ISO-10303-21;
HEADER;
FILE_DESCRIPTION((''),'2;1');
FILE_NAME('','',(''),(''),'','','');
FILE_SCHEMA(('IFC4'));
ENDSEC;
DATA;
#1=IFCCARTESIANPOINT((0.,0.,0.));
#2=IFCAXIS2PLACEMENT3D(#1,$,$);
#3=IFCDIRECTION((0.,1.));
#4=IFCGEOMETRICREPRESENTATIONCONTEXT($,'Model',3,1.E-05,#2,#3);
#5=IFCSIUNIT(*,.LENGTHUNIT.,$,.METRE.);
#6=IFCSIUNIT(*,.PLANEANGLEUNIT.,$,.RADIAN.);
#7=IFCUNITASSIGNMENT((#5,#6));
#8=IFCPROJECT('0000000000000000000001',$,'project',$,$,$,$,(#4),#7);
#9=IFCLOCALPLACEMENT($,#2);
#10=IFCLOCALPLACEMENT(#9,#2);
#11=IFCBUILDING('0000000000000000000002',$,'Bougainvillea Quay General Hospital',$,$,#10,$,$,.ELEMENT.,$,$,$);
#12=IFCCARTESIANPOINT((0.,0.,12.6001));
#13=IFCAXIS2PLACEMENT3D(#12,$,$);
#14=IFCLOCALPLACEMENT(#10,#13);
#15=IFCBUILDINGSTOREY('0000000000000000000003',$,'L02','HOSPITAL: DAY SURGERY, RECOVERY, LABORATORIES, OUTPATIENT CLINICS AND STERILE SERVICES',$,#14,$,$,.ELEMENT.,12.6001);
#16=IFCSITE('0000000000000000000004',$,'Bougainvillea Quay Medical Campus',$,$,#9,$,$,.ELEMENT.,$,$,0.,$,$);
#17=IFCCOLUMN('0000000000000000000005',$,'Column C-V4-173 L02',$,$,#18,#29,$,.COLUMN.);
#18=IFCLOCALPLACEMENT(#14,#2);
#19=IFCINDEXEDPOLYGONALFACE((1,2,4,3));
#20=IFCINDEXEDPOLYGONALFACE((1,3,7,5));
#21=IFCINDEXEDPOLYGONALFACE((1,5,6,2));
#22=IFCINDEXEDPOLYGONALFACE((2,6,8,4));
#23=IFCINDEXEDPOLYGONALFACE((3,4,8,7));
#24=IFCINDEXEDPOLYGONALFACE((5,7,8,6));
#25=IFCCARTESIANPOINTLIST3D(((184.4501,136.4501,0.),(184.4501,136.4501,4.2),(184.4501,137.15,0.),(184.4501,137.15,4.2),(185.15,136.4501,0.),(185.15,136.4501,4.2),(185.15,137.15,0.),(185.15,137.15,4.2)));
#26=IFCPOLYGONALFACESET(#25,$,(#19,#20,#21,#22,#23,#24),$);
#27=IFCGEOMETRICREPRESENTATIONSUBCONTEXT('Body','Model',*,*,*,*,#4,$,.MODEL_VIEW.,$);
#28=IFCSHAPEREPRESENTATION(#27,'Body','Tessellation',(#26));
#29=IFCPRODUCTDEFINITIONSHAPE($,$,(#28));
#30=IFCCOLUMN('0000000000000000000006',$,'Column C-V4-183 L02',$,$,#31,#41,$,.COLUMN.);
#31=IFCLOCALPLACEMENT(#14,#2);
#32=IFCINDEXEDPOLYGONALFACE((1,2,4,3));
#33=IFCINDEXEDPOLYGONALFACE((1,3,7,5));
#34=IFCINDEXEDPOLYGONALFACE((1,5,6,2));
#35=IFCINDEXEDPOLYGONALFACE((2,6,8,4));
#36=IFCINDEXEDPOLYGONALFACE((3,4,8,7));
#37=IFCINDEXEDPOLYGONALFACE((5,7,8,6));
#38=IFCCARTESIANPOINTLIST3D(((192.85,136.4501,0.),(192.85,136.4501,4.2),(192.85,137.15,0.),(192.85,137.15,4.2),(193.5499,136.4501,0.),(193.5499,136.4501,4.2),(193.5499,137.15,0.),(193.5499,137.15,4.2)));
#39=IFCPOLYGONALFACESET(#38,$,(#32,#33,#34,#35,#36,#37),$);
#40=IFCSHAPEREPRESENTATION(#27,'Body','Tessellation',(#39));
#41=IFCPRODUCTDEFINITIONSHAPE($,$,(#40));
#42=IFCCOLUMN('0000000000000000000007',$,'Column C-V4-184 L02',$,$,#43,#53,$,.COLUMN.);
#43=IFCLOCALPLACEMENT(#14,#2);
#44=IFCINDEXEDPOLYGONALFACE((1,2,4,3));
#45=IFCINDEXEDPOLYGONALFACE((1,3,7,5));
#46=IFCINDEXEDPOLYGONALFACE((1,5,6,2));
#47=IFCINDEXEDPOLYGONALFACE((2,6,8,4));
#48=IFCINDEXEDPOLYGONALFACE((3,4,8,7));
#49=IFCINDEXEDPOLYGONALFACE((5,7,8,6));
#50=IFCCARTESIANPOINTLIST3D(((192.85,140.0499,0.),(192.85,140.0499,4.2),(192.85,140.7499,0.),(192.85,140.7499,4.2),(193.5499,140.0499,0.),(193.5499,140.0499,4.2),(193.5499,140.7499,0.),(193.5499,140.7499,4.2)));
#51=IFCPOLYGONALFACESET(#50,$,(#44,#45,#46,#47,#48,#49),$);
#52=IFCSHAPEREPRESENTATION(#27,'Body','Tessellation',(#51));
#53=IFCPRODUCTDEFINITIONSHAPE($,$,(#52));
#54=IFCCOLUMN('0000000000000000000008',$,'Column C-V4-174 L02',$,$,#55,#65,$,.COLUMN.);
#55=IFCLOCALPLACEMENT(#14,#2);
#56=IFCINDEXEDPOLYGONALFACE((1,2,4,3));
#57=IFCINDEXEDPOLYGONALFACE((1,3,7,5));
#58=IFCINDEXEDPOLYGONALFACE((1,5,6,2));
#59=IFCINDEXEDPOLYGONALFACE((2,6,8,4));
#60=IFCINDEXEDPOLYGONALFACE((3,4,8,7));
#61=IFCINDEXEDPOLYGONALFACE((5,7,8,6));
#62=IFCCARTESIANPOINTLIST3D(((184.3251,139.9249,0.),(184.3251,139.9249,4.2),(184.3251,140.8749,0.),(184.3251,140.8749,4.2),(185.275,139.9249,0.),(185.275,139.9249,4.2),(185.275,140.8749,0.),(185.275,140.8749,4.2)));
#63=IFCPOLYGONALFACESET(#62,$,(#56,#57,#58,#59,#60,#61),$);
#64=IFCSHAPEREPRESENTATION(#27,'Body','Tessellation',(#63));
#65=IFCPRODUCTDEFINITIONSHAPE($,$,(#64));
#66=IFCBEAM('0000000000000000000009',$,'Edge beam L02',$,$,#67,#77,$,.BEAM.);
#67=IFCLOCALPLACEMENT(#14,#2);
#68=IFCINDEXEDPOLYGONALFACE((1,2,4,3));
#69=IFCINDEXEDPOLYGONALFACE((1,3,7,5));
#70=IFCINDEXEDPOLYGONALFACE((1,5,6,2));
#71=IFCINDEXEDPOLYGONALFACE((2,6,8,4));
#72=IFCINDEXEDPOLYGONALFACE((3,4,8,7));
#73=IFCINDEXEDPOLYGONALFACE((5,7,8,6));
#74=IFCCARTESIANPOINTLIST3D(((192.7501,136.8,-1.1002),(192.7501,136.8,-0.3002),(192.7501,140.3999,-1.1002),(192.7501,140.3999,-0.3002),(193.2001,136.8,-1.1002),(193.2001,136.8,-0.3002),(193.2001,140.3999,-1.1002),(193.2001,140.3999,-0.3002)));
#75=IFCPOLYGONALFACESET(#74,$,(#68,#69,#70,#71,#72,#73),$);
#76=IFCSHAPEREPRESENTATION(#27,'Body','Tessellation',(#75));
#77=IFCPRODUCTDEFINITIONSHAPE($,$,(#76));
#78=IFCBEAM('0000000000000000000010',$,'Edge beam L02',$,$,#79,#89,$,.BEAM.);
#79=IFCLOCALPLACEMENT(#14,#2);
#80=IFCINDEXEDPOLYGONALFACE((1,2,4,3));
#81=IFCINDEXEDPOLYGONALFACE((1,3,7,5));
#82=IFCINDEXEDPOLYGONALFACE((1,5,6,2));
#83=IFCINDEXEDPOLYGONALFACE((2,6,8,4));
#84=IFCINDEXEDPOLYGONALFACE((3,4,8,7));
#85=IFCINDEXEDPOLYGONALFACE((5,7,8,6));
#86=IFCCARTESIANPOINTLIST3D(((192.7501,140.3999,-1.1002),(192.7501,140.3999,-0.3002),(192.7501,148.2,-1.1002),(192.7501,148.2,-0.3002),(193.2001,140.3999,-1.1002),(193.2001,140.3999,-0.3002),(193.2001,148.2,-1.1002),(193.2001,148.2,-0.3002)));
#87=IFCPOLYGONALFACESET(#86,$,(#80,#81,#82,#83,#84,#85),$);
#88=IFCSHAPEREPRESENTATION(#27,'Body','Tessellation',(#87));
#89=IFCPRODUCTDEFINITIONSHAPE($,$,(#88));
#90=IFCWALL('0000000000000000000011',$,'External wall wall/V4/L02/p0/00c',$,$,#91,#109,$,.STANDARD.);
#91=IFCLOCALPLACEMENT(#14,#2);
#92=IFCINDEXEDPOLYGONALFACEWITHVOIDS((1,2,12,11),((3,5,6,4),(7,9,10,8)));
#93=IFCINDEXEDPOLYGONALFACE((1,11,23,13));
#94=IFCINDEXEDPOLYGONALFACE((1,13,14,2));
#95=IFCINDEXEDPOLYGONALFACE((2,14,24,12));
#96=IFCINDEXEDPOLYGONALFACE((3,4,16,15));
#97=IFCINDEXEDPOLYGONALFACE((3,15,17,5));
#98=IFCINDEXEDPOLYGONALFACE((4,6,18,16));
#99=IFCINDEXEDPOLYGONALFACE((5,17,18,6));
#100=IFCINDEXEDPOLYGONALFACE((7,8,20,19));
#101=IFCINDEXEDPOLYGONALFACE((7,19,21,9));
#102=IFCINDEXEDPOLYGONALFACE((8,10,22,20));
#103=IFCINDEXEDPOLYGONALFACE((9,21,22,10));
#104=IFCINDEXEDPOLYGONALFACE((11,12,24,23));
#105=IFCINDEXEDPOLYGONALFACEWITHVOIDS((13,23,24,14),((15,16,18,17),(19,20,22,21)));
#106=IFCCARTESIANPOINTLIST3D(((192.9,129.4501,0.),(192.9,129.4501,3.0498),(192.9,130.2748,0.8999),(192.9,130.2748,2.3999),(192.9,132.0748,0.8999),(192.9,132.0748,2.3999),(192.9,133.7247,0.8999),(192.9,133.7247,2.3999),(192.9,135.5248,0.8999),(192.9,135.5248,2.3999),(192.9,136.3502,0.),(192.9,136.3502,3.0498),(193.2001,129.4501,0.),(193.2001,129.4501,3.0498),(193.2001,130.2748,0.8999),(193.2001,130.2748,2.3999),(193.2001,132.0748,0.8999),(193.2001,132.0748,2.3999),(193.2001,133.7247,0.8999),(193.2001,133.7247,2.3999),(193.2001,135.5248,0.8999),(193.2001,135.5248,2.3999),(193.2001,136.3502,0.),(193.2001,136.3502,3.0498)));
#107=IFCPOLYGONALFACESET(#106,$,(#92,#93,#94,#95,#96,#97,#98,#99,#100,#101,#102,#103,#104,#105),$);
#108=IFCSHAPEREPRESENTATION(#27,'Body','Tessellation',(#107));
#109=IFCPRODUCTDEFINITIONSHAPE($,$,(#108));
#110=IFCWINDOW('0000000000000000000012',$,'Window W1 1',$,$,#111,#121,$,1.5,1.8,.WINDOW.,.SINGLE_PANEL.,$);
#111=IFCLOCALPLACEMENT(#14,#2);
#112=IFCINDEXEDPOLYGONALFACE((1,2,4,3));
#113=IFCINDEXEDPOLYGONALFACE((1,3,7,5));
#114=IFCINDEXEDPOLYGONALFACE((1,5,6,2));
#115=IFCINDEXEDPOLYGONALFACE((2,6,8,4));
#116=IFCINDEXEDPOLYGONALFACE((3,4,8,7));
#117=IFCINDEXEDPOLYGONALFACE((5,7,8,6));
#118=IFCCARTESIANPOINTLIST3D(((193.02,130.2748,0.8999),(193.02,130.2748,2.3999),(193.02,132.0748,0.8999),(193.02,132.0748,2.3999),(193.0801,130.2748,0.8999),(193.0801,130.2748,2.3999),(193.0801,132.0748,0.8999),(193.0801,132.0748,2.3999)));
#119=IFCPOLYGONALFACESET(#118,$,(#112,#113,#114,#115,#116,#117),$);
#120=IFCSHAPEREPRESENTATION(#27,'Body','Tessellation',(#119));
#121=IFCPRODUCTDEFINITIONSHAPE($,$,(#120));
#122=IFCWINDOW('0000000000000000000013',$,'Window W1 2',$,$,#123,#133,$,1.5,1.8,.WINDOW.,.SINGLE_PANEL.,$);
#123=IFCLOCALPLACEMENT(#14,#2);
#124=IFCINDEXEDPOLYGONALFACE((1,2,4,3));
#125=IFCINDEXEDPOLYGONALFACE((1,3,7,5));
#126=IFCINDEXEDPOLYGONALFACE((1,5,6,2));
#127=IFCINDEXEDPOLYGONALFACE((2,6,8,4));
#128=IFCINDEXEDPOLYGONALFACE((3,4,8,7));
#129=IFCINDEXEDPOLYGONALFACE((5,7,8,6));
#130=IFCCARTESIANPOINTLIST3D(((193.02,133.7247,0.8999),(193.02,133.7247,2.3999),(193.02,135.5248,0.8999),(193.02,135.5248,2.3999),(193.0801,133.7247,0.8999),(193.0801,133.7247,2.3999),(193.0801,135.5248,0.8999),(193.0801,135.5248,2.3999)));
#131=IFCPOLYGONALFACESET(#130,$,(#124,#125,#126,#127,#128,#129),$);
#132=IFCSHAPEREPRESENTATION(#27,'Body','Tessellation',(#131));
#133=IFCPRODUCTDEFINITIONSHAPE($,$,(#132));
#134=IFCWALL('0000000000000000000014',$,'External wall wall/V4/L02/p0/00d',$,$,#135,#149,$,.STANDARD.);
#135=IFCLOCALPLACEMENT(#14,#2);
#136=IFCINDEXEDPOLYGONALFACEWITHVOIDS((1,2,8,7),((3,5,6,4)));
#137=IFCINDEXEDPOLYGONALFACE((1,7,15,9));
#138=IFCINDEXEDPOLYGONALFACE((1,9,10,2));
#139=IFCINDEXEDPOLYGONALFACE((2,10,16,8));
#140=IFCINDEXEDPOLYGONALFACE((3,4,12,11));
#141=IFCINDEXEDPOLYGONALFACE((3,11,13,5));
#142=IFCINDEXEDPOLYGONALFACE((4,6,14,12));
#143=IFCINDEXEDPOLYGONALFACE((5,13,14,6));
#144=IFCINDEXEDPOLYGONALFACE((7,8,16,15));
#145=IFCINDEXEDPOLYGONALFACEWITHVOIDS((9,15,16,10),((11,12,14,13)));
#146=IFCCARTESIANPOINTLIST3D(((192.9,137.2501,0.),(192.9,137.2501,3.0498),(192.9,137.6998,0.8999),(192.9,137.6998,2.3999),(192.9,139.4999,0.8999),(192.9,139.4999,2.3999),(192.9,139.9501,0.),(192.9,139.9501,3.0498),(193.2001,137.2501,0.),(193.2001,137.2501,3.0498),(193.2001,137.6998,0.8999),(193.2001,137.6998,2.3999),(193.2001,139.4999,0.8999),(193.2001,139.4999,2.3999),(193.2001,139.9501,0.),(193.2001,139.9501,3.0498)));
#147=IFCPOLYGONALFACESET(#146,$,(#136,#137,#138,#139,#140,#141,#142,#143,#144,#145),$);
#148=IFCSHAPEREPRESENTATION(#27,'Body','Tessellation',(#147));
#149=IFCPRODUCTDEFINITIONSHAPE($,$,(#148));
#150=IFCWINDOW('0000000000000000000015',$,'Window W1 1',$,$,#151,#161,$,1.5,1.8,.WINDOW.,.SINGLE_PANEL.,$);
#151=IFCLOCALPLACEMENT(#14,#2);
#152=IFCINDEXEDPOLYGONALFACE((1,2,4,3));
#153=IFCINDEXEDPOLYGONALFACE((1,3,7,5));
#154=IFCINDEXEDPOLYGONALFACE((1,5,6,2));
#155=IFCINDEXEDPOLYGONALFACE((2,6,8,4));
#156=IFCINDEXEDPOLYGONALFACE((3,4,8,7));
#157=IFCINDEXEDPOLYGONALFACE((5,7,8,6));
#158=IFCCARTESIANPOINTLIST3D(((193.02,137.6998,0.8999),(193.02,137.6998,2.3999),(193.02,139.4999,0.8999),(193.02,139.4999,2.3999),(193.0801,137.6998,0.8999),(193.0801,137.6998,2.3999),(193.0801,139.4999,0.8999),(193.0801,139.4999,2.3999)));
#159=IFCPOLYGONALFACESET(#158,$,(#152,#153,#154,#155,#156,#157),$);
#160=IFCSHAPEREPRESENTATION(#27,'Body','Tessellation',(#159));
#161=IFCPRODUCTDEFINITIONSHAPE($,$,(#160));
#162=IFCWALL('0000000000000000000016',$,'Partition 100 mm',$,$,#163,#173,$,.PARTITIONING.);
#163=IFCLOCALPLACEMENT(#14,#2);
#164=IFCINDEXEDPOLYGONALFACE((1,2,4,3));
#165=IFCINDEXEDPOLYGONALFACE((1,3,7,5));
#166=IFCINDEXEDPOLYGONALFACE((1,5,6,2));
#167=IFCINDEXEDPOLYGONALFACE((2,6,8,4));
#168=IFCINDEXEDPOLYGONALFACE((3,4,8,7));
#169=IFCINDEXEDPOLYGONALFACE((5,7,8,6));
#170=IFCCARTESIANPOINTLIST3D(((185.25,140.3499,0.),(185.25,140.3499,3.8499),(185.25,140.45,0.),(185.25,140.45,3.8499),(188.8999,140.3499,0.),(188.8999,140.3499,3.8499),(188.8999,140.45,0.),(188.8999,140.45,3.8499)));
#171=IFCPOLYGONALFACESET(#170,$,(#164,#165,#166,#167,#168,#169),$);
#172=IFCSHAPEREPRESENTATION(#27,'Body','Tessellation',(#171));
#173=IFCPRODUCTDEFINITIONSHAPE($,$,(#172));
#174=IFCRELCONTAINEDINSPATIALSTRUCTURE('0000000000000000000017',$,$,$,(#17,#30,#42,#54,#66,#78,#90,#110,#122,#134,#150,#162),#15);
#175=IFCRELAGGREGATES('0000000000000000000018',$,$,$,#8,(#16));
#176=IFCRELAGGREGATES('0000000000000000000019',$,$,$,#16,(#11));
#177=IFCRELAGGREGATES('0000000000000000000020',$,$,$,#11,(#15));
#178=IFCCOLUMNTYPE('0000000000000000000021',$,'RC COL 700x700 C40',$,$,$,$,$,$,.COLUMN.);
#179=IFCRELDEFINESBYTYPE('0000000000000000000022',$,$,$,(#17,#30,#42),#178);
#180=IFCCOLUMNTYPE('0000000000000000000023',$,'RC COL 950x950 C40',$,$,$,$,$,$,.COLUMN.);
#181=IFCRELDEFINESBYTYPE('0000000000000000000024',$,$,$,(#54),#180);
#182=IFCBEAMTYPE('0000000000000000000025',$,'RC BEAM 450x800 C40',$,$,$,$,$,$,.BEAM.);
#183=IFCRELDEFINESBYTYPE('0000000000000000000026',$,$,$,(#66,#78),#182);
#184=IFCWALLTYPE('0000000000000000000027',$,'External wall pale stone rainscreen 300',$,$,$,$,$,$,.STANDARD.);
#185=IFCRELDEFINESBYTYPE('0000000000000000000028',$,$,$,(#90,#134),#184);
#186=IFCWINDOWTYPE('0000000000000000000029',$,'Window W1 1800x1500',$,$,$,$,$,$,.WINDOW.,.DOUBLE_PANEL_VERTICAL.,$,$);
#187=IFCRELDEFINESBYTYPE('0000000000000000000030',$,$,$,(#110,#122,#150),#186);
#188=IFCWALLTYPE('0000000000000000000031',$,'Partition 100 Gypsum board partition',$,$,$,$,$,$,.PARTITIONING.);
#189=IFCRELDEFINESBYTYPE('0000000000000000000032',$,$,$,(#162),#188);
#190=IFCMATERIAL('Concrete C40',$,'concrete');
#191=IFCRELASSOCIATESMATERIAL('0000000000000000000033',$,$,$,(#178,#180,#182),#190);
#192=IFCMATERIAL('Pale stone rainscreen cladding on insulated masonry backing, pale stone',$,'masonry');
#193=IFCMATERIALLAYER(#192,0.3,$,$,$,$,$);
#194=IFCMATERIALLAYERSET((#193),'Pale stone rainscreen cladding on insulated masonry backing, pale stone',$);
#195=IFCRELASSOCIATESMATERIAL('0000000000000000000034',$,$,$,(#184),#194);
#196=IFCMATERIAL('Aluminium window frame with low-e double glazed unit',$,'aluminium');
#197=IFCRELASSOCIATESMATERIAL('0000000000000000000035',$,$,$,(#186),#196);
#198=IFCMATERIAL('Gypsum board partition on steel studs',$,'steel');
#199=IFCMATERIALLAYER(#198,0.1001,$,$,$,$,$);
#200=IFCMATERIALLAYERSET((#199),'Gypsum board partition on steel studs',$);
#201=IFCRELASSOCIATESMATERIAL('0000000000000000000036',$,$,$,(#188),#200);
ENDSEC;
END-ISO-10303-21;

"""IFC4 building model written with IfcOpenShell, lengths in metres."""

from ifc_helpers import new_model, si_unit, direction, frame, frame_2d, origin, origin_2d, place, context, subcontext, project, spatial, rectangle, extrude, material, layer, layer_set, material_profile, profile_set, type_object, element, fill, save


model = new_model("IFC4")

# Units and contexts
model_context = context("Model", 3, precision=1e-05, world=origin(), true_north=direction((0.0, 1.0)))
body_context = subcontext(model_context, "Body", "Model", "MODEL_VIEW")
ifc_project = project(units=[si_unit("LENGTHUNIT", "METRE"), si_unit("PLANEANGLEUNIT", "RADIAN")], contexts=[model_context])

# Site, building, storey
site_placement = place(None, origin())
site = spatial("IfcSite", under=ifc_project, at=site_placement, Name="Bougainvillea Quay Medical Campus", CompositionType="ELEMENT", RefElevation=0.0)
building_placement = place(site_placement, origin())
building = spatial("IfcBuilding", under=site, at=building_placement, Name="Bougainvillea Quay General Hospital", CompositionType="ELEMENT")
storey_placement = place(building_placement, frame((0.0, 0.0, 12.6001)))
storey = spatial("IfcBuildingStorey", under=building, at=storey_placement, Name="L02", Description="HOSPITAL: DAY SURGERY, RECOVERY, LABORATORIES, OUTPATIENT CLINICS AND STERILE SERVICES", CompositionType="ELEMENT", Elevation=12.6001)

# Columns
ifc_material_1 = material(Name="Concrete C40", Category="concrete")
ifc_material_profile_1 = material_profile(ifc_material_1, rectangle(XDim=0.7, YDim=0.7, at=origin_2d()))
ifc_profile_set_1 = profile_set([ifc_material_profile_1], Name="Concrete C40")
column_type_1 = type_object("IfcColumnType", Name="RC COL 700x700 C40", PredefinedType="COLUMN", material=ifc_profile_set_1)
for number, where, z_axis, x_axis, name in (
    (1, (184.8, 136.8, 0.0), (0.0, 0.0, 1.0), (1.0, 0.0, 0.0), "Column C-V4-173 L02"),
    (2, (193.2, 136.8, 0.0), (0.0, 0.0, 1.0), (1.0, 0.0, 0.0), "Column C-V4-183 L02"),
    (3, (193.2, 140.3999, 0.0), (0.0, 0.0, 1.0), (1.0, 0.0, 0.0), "Column C-V4-184 L02"),
):
    element("IfcColumn", number, at=place(storey_placement, frame(where, z_axis=z_axis, x_axis=x_axis)), inside=storey, type_object=column_type_1, Name=name, PredefinedType="COLUMN", context=body_context, shape_type="SweptSolid", body=[
        extrude(rectangle(XDim=0.7, YDim=0.7, at=origin_2d()), origin(), (0.0, 0.0, 1.0), 4.2),
    ])
ifc_material_profile_2 = material_profile(ifc_material_1, rectangle(XDim=0.95, YDim=0.95, at=origin_2d()))
ifc_profile_set_2 = profile_set([ifc_material_profile_2], Name="Concrete C40")
column_type_2 = type_object("IfcColumnType", Name="RC COL 950x950 C40", PredefinedType="COLUMN", material=ifc_profile_set_2)
column_placement = place(storey_placement, frame((184.8, 140.3999, 0.0), z_axis=(0.0, 0.0, 1.0), x_axis=(1.0, 0.0, 0.0)))
element("IfcColumn", 4, at=column_placement, inside=storey, type_object=column_type_2, Name="Column C-V4-174 L02", PredefinedType="COLUMN", context=body_context, shape_type="SweptSolid", body=[
    extrude(rectangle(XDim=0.95, YDim=0.95, at=origin_2d()), origin(), (0.0, 0.0, 1.0), 4.2),
])

# Beams
ifc_material_profile_3 = material_profile(ifc_material_1, rectangle(XDim=0.45, YDim=0.8, at=origin_2d()))
ifc_profile_set_3 = profile_set([ifc_material_profile_3], Name="Concrete C40")
beam_type = type_object("IfcBeamType", Name="RC BEAM 450x800 C40", PredefinedType="BEAM", material=ifc_profile_set_3)
beam_1_placement = place(storey_placement, frame((192.9751, 136.8, -0.7002), z_axis=(0.0, 1.0, 0.0), x_axis=(-1.0, 0.0, 0.0)))
element("IfcBeam", 5, at=beam_1_placement, inside=storey, type_object=beam_type, Name="Edge beam L02", PredefinedType="BEAM", context=body_context, shape_type="SweptSolid", body=[
    extrude(rectangle(XDim=0.45, YDim=0.8, at=origin_2d()), origin(), (0.0, 0.0, 1.0), 3.5999),
])
beam_2_placement = place(storey_placement, frame((192.9751, 140.3999, -0.7002), z_axis=(0.0, 1.0, 0.0), x_axis=(-1.0, 0.0, 0.0)))
element("IfcBeam", 6, at=beam_2_placement, inside=storey, type_object=beam_type, Name="Edge beam L02", PredefinedType="BEAM", context=body_context, shape_type="SweptSolid", body=[
    extrude(rectangle(XDim=0.45, YDim=0.8, at=origin_2d()), origin(), (0.0, 0.0, 1.0), 7.8),
])

# Wall, openings, windows
ifc_material_2 = material(Name="Pale stone rainscreen cladding on insulated masonry backing, pale stone", Category="masonry")
ifc_layer_1 = layer(ifc_material_2, 0.3)
ifc_layer_set_1 = layer_set([ifc_layer_1], Name="Pale stone rainscreen cladding on insulated masonry backing, pale stone")
wall_type_1 = type_object("IfcWallType", Name="External wall pale stone rainscreen 300", PredefinedType="STANDARD", material=ifc_layer_set_1)
wall_1_placement = place(storey_placement, frame((193.05, 129.45, 0.0), z_axis=(0.0, 0.0, 1.0), x_axis=(0.0, 1.0, 0.0)))
wall_1 = element("IfcWall", 7, at=wall_1_placement, inside=storey, type_object=wall_type_1, Name="External wall wall/V4/L02/p0/00c", PredefinedType="STANDARD", context=body_context, shape_type="SweptSolid", body=[
    extrude(rectangle(XDim=6.9001, YDim=0.3, at=frame_2d((3.4502, 0.0))), origin(), (0.0, 0.0, 1.0), 3.0498),
])
opening_1_placement = place(wall_1_placement, frame((0.825, 0.0, 0.8999)))
opening_1 = element("IfcOpeningElement", 8, at=opening_1_placement, cuts=wall_1, PredefinedType="OPENING", context=body_context, shape_type="SweptSolid", body=[
    extrude(rectangle(XDim=1.8, YDim=1.5, at=frame_2d((0.8999, 0.75))), frame((0.0, 0.1599, 0.0), z_axis=(0.0, -1.0, 0.0), x_axis=(1.0, 0.0, 0.0)), (0.0, 0.0, 1.0), 0.3201),
])
opening_2_placement = place(wall_1_placement, frame((4.2749, 0.0, 0.8999)))
opening_2 = element("IfcOpeningElement", 9, at=opening_2_placement, cuts=wall_1, PredefinedType="OPENING", context=body_context, shape_type="SweptSolid", body=[
    extrude(rectangle(XDim=1.8, YDim=1.5, at=frame_2d((0.8999, 0.75))), frame((0.0, 0.1599, 0.0), z_axis=(0.0, -1.0, 0.0), x_axis=(1.0, 0.0, 0.0)), (0.0, 0.0, 1.0), 0.3201),
])
ifc_material_3 = material(Name="Aluminium window frame with low-e double glazed unit", Category="aluminium")
window_type = type_object("IfcWindowType", Name="Window W1 1800x1500", PartitioningType="DOUBLE_PANEL_VERTICAL", PredefinedType="WINDOW", material=ifc_material_3)
window_1_placement = place(opening_1_placement, origin())
window_1 = element("IfcWindow", 10, at=window_1_placement, inside=storey, type_object=window_type, Name="Window W1 1", OverallHeight=1.5, OverallWidth=1.8, PartitioningType="SINGLE_PANEL", PredefinedType="WINDOW", context=body_context, shape_type="SweptSolid", body=[
    extrude(rectangle(XDim=1.8, YDim=1.5, at=frame_2d((0.8999, 0.75))), frame((0.0, 0.03, 0.0), z_axis=(0.0, -1.0, 0.0), x_axis=(1.0, 0.0, 0.0)), (0.0, 0.0, 1.0), 0.0601),
])
fill(opening_1, window_1)
window_2_placement = place(opening_2_placement, origin())
window_2 = element("IfcWindow", 11, at=window_2_placement, inside=storey, type_object=window_type, Name="Window W1 2", OverallHeight=1.5, OverallWidth=1.8, PartitioningType="SINGLE_PANEL", PredefinedType="WINDOW", context=body_context, shape_type="SweptSolid", body=[
    extrude(rectangle(XDim=1.8, YDim=1.5, at=frame_2d((0.8999, 0.75))), frame((0.0, 0.03, 0.0), z_axis=(0.0, -1.0, 0.0), x_axis=(1.0, 0.0, 0.0)), (0.0, 0.0, 1.0), 0.0601),
])
fill(opening_2, window_2)

# Wall, opening, window
wall_2_placement = place(storey_placement, frame((193.05, 137.25, 0.0), z_axis=(0.0, 0.0, 1.0), x_axis=(0.0, 1.0, 0.0)))
wall_2 = element("IfcWall", 12, at=wall_2_placement, inside=storey, type_object=wall_type_1, Name="External wall wall/V4/L02/p0/00d", PredefinedType="STANDARD", context=body_context, shape_type="SweptSolid", body=[
    extrude(rectangle(XDim=2.7, YDim=0.3, at=frame_2d((1.3501, 0.0))), origin(), (0.0, 0.0, 1.0), 3.0498),
])
opening_3_placement = place(wall_2_placement, frame((0.45, 0.0, 0.8999)))
opening_3 = element("IfcOpeningElement", 13, at=opening_3_placement, cuts=wall_2, PredefinedType="OPENING", context=body_context, shape_type="SweptSolid", body=[
    extrude(rectangle(XDim=1.8, YDim=1.5, at=frame_2d((0.8999, 0.75))), frame((0.0, 0.1599, 0.0), z_axis=(0.0, -1.0, 0.0), x_axis=(1.0, 0.0, 0.0)), (0.0, 0.0, 1.0), 0.3201),
])
window_3_placement = place(opening_3_placement, origin())
window_3 = element("IfcWindow", 14, at=window_3_placement, inside=storey, type_object=window_type, Name="Window W1 1", OverallHeight=1.5, OverallWidth=1.8, PartitioningType="SINGLE_PANEL", PredefinedType="WINDOW", context=body_context, shape_type="SweptSolid", body=[
    extrude(rectangle(XDim=1.8, YDim=1.5, at=frame_2d((0.8999, 0.75))), frame((0.0, 0.03, 0.0), z_axis=(0.0, -1.0, 0.0), x_axis=(1.0, 0.0, 0.0)), (0.0, 0.0, 1.0), 0.0601),
])
fill(opening_3, window_3)

# Wall
ifc_material_4 = material(Name="Gypsum board partition on steel studs", Category="steel")
ifc_layer_2 = layer(ifc_material_4, 0.1001)
ifc_layer_set_2 = layer_set([ifc_layer_2], Name="Gypsum board partition on steel studs")
wall_type_2 = type_object("IfcWallType", Name="Partition 100 Gypsum board partition", PredefinedType="PARTITIONING", material=ifc_layer_set_2)
wall_3_placement = place(storey_placement, frame((188.8999, 140.3999, 0.0), z_axis=(0.0, 0.0, 1.0), x_axis=(-1.0, 0.0, 0.0)))
element("IfcWall", 15, at=wall_3_placement, inside=storey, type_object=wall_type_2, Name="Partition 100 mm", PredefinedType="PARTITIONING", context=body_context, shape_type="SweptSolid", body=[
    extrude(rectangle(XDim=3.6499, YDim=0.1001, at=frame_2d((1.825, 0.0))), origin(), (0.0, 0.0, 1.0), 3.8499),
])

save(model, "model.ifc")
